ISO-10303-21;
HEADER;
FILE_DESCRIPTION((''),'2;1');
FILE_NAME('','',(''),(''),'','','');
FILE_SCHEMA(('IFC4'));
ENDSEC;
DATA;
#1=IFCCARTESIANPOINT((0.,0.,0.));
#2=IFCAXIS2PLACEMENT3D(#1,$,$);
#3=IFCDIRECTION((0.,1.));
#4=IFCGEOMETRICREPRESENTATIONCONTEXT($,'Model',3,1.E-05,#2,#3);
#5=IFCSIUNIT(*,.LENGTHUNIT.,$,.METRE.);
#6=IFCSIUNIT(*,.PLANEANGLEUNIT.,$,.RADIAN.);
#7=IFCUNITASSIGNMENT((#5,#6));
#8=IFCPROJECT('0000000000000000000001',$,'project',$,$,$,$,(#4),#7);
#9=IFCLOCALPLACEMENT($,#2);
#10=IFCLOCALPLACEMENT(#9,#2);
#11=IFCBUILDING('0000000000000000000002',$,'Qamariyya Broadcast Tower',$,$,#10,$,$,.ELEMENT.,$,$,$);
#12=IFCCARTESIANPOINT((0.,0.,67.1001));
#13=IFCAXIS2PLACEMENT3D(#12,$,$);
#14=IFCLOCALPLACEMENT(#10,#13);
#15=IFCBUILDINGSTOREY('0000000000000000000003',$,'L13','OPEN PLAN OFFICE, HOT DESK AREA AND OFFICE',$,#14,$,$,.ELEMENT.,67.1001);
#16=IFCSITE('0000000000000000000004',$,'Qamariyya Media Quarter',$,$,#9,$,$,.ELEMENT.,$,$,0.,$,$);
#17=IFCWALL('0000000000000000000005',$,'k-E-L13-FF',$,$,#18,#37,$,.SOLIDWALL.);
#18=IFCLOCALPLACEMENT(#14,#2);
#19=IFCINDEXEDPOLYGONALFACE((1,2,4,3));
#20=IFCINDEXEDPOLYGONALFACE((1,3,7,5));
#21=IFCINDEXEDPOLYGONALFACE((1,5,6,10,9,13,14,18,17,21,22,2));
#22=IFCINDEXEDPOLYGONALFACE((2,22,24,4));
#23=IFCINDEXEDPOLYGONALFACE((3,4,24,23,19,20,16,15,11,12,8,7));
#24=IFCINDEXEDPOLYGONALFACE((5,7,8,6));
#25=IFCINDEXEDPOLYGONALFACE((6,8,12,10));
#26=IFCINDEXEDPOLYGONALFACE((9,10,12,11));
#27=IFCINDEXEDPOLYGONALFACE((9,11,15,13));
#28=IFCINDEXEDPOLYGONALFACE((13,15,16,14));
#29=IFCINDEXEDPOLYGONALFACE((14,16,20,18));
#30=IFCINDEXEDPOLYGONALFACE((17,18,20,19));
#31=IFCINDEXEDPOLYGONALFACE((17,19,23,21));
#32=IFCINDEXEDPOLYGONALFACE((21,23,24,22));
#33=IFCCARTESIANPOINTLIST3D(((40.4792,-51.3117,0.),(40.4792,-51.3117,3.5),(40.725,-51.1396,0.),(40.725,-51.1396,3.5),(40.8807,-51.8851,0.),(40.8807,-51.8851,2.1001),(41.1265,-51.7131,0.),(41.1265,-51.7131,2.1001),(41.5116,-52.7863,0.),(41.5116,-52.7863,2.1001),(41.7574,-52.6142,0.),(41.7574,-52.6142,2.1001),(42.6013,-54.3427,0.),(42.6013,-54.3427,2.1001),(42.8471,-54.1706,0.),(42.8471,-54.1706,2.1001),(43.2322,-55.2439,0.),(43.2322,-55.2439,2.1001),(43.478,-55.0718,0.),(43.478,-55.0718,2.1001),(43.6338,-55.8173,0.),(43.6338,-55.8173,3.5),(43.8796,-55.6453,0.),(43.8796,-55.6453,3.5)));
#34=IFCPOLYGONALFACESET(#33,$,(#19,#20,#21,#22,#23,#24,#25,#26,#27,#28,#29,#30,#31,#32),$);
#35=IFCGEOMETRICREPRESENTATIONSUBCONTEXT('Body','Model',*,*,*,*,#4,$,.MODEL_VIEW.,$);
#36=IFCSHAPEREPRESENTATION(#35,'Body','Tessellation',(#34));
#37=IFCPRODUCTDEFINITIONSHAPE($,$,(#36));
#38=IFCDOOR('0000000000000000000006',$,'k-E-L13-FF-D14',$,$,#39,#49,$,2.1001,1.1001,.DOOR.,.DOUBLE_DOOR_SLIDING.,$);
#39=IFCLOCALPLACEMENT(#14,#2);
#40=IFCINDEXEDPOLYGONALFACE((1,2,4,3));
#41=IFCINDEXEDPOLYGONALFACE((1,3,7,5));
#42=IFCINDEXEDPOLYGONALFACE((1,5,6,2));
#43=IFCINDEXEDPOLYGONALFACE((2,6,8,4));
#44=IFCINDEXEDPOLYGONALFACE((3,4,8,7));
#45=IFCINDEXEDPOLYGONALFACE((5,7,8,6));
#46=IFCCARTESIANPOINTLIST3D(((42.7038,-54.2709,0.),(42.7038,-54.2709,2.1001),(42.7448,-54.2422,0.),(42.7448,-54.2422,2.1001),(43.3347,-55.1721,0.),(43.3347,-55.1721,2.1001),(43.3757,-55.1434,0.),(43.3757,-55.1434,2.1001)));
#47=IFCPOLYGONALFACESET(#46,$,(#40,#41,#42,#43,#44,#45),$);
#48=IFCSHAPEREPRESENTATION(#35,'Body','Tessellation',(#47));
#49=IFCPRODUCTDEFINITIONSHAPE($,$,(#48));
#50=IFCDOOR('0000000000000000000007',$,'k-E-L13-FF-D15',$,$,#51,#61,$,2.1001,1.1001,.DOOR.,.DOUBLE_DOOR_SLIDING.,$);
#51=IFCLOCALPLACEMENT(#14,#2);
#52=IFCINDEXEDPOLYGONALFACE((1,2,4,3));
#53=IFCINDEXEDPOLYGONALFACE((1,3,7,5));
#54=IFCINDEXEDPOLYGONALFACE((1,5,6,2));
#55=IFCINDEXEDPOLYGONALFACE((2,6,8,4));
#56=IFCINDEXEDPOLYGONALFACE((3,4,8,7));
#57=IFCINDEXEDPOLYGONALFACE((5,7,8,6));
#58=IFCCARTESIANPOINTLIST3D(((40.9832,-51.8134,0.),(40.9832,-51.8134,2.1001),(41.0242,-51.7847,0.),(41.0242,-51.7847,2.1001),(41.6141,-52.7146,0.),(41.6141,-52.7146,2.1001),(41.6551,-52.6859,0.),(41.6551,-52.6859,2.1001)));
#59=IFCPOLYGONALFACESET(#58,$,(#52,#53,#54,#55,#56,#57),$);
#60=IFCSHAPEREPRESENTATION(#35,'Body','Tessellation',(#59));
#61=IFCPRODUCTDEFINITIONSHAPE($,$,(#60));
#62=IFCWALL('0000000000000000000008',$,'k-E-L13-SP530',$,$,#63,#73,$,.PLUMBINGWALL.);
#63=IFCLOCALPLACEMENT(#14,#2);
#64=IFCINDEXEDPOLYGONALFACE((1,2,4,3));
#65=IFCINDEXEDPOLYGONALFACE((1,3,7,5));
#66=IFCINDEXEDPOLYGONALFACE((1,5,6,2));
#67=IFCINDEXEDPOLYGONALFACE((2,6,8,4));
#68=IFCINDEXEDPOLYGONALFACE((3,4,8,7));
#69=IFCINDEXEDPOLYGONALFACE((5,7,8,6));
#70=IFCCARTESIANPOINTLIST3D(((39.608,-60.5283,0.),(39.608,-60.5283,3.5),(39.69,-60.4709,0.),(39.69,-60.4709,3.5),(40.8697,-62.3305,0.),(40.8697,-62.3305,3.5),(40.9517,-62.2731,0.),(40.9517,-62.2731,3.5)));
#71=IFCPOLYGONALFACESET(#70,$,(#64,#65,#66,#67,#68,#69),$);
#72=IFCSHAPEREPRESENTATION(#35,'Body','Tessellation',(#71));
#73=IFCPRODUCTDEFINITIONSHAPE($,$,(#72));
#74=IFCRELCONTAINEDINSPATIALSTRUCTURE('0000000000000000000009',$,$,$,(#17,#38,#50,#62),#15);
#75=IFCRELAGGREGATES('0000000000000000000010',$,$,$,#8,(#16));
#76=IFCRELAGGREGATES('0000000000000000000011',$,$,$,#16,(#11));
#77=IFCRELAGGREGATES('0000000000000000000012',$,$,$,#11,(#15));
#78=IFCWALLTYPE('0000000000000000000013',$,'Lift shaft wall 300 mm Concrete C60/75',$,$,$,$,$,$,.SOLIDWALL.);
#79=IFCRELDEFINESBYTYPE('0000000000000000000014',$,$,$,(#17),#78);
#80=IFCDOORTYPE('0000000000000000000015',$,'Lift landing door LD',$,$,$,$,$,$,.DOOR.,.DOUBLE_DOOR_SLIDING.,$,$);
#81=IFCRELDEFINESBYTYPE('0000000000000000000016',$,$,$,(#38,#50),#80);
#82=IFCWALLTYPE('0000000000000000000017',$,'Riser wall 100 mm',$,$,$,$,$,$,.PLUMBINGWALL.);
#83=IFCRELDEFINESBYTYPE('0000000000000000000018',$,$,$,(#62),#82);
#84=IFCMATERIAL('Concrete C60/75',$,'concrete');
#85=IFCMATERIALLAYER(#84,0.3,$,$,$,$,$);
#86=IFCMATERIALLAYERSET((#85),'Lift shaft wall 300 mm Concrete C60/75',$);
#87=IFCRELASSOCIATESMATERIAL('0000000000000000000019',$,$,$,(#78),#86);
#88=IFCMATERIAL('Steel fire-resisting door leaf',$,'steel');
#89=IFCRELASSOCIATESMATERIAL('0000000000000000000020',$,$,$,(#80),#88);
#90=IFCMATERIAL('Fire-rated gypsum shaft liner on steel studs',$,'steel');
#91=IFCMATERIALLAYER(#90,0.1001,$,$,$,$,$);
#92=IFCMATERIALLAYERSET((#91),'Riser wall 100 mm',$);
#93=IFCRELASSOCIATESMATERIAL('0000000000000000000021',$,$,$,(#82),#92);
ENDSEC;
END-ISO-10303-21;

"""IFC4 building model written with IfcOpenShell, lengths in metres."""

from ifc_helpers import new_model, si_unit, direction, frame, frame_2d, origin, place, context, subcontext, project, spatial, rectangle, extrude, material, layer, layer_set, type_object, element, fill, save


model = new_model("IFC4")

# Units and contexts
model_context = context("Model", 3, precision=1e-05, world=origin(), true_north=direction((0.0, 1.0)))
body_context = subcontext(model_context, "Body", "Model", "MODEL_VIEW")
ifc_project = project(units=[si_unit("LENGTHUNIT", "METRE"), si_unit("PLANEANGLEUNIT", "RADIAN")], contexts=[model_context])

# Site, building, storey
site_placement = place(None, origin())
site = spatial("IfcSite", under=ifc_project, at=site_placement, Name="Qamariyya Media Quarter", CompositionType="ELEMENT", RefElevation=0.0)
building_placement = place(site_placement, origin())
building = spatial("IfcBuilding", under=site, at=building_placement, Name="Qamariyya Broadcast Tower", CompositionType="ELEMENT")
storey_placement = place(building_placement, frame((0.0, 0.0, 67.1001)))
storey = spatial("IfcBuildingStorey", under=building, at=storey_placement, Name="L13", Description="OPEN PLAN OFFICE, HOT DESK AREA AND OFFICE", CompositionType="ELEMENT", Elevation=67.1001)

# Shared definitions
ifc_material_1 = material(Name="Steel fire-resisting door leaf", Category="steel")

# Shared definitions
ifc_material_2 = material(Name="Concrete C60/75", Category="concrete")
ifc_layer_1 = layer(ifc_material_2, 0.3)
ifc_layer_set_1 = layer_set([ifc_layer_1], Name="Lift shaft wall 300 mm Concrete C60/75")
wall_type_1 = type_object("IfcWallType", Name="Lift shaft wall 300 mm Concrete C60/75", PredefinedType="SOLIDWALL", material=ifc_layer_set_1)

# Wall, openings, doors
wall_1_placement = place(storey_placement, frame((43.7566, -55.7312, 0.0), z_axis=(0.0, 0.0, 1.0), x_axis=(-0.573537, 0.81918, 0.0)))
wall_1 = element("IfcWall", 1, at=wall_1_placement, inside=storey, type_object=wall_type_1, Name="k-E-L13-FF", PredefinedType="SOLIDWALL", context=body_context, shape_type="SweptSolid", body=[
    extrude(rectangle(XDim=5.5002, YDim=0.3, at=frame_2d((2.75, 0.0))), origin(), (0.0, 0.0, 1.0), 3.5),
])
opening_1_placement = place(wall_1_placement, frame((0.7, 0.0, 0.0)))
opening_1 = element("IfcOpeningElement", 2, at=opening_1_placement, cuts=wall_1, PredefinedType="OPENING", context=body_context, shape_type="SweptSolid", body=[
    extrude(rectangle(XDim=1.1001, YDim=2.1001, at=frame_2d((0.55, 1.05))), frame((0.0, 0.1599, 0.0), z_axis=(0.0, -1.0, 0.0), x_axis=(1.0, 0.0, 0.0)), (0.0, 0.0, 1.0), 0.3201),
])
opening_2_placement = place(wall_1_placement, frame((3.7, 0.0, 0.0)))
opening_2 = element("IfcOpeningElement", 3, at=opening_2_placement, cuts=wall_1, PredefinedType="OPENING", context=body_context, shape_type="SweptSolid", body=[
    extrude(rectangle(XDim=1.1001, YDim=2.1001, at=frame_2d((0.55, 1.05))), frame((0.0, 0.1599, 0.0), z_axis=(0.0, -1.0, 0.0), x_axis=(1.0, 0.0, 0.0)), (0.0, 0.0, 1.0), 0.3201),
])
door_type_1 = type_object("IfcDoorType", Name="Lift landing door LD", OperationType="DOUBLE_DOOR_SLIDING", PredefinedType="DOOR", material=ifc_material_1)
door_1_placement = place(opening_1_placement, origin())
door_1 = element("IfcDoor", 4, at=door_1_placement, inside=storey, type_object=door_type_1, Name="k-E-L13-FF-D14", OperationType="DOUBLE_DOOR_SLIDING", OverallHeight=2.1001, OverallWidth=1.1001, PredefinedType="DOOR", context=body_context, shape_type="SweptSolid", body=[
    extrude(rectangle(XDim=1.1001, YDim=2.1001, at=frame_2d((0.55, 1.05))), frame((0.0, 0.0249, 0.0), z_axis=(0.0, -1.0, 0.0), x_axis=(1.0, 0.0, 0.0)), (0.0, 0.0, 1.0), 0.05),
])
fill(opening_1, door_1)
door_2_placement = place(opening_2_placement, origin())
door_2 = element("IfcDoor", 5, at=door_2_placement, inside=storey, type_object=door_type_1, Name="k-E-L13-FF-D15", OperationType="DOUBLE_DOOR_SLIDING", OverallHeight=2.1001, OverallWidth=1.1001, PredefinedType="DOOR", context=body_context, shape_type="SweptSolid", body=[
    extrude(rectangle(XDim=1.1001, YDim=2.1001, at=frame_2d((0.55, 1.05))), frame((0.0, 0.0249, 0.0), z_axis=(0.0, -1.0, 0.0), x_axis=(1.0, 0.0, 0.0)), (0.0, 0.0, 1.0), 0.05),
])
fill(opening_2, door_2)

# Wall
ifc_material_3 = material(Name="Fire-rated gypsum shaft liner on steel studs", Category="steel")
ifc_layer_2 = layer(ifc_material_3, 0.1001)
ifc_layer_set_2 = layer_set([ifc_layer_2], Name="Riser wall 100 mm")
wall_type_2 = type_object("IfcWallType", Name="Riser wall 100 mm", PredefinedType="PLUMBINGWALL", material=ifc_layer_set_2)
wall_2_placement = place(storey_placement, frame((39.6489, -60.4995, 0.0), z_axis=(0.0, 0.0, 1.0), x_axis=(0.573507, -0.819201, 0.0)))
element("IfcWall", 6, at=wall_2_placement, inside=storey, type_object=wall_type_2, Name="k-E-L13-SP530", PredefinedType="PLUMBINGWALL", context=body_context, shape_type="SweptSolid", body=[
    extrude(rectangle(XDim=2.2, YDim=0.1001, at=frame_2d((1.1001, 0.0))), origin(), (0.0, 0.0, 1.0), 3.5),
])

save(model, "model.ifc")
